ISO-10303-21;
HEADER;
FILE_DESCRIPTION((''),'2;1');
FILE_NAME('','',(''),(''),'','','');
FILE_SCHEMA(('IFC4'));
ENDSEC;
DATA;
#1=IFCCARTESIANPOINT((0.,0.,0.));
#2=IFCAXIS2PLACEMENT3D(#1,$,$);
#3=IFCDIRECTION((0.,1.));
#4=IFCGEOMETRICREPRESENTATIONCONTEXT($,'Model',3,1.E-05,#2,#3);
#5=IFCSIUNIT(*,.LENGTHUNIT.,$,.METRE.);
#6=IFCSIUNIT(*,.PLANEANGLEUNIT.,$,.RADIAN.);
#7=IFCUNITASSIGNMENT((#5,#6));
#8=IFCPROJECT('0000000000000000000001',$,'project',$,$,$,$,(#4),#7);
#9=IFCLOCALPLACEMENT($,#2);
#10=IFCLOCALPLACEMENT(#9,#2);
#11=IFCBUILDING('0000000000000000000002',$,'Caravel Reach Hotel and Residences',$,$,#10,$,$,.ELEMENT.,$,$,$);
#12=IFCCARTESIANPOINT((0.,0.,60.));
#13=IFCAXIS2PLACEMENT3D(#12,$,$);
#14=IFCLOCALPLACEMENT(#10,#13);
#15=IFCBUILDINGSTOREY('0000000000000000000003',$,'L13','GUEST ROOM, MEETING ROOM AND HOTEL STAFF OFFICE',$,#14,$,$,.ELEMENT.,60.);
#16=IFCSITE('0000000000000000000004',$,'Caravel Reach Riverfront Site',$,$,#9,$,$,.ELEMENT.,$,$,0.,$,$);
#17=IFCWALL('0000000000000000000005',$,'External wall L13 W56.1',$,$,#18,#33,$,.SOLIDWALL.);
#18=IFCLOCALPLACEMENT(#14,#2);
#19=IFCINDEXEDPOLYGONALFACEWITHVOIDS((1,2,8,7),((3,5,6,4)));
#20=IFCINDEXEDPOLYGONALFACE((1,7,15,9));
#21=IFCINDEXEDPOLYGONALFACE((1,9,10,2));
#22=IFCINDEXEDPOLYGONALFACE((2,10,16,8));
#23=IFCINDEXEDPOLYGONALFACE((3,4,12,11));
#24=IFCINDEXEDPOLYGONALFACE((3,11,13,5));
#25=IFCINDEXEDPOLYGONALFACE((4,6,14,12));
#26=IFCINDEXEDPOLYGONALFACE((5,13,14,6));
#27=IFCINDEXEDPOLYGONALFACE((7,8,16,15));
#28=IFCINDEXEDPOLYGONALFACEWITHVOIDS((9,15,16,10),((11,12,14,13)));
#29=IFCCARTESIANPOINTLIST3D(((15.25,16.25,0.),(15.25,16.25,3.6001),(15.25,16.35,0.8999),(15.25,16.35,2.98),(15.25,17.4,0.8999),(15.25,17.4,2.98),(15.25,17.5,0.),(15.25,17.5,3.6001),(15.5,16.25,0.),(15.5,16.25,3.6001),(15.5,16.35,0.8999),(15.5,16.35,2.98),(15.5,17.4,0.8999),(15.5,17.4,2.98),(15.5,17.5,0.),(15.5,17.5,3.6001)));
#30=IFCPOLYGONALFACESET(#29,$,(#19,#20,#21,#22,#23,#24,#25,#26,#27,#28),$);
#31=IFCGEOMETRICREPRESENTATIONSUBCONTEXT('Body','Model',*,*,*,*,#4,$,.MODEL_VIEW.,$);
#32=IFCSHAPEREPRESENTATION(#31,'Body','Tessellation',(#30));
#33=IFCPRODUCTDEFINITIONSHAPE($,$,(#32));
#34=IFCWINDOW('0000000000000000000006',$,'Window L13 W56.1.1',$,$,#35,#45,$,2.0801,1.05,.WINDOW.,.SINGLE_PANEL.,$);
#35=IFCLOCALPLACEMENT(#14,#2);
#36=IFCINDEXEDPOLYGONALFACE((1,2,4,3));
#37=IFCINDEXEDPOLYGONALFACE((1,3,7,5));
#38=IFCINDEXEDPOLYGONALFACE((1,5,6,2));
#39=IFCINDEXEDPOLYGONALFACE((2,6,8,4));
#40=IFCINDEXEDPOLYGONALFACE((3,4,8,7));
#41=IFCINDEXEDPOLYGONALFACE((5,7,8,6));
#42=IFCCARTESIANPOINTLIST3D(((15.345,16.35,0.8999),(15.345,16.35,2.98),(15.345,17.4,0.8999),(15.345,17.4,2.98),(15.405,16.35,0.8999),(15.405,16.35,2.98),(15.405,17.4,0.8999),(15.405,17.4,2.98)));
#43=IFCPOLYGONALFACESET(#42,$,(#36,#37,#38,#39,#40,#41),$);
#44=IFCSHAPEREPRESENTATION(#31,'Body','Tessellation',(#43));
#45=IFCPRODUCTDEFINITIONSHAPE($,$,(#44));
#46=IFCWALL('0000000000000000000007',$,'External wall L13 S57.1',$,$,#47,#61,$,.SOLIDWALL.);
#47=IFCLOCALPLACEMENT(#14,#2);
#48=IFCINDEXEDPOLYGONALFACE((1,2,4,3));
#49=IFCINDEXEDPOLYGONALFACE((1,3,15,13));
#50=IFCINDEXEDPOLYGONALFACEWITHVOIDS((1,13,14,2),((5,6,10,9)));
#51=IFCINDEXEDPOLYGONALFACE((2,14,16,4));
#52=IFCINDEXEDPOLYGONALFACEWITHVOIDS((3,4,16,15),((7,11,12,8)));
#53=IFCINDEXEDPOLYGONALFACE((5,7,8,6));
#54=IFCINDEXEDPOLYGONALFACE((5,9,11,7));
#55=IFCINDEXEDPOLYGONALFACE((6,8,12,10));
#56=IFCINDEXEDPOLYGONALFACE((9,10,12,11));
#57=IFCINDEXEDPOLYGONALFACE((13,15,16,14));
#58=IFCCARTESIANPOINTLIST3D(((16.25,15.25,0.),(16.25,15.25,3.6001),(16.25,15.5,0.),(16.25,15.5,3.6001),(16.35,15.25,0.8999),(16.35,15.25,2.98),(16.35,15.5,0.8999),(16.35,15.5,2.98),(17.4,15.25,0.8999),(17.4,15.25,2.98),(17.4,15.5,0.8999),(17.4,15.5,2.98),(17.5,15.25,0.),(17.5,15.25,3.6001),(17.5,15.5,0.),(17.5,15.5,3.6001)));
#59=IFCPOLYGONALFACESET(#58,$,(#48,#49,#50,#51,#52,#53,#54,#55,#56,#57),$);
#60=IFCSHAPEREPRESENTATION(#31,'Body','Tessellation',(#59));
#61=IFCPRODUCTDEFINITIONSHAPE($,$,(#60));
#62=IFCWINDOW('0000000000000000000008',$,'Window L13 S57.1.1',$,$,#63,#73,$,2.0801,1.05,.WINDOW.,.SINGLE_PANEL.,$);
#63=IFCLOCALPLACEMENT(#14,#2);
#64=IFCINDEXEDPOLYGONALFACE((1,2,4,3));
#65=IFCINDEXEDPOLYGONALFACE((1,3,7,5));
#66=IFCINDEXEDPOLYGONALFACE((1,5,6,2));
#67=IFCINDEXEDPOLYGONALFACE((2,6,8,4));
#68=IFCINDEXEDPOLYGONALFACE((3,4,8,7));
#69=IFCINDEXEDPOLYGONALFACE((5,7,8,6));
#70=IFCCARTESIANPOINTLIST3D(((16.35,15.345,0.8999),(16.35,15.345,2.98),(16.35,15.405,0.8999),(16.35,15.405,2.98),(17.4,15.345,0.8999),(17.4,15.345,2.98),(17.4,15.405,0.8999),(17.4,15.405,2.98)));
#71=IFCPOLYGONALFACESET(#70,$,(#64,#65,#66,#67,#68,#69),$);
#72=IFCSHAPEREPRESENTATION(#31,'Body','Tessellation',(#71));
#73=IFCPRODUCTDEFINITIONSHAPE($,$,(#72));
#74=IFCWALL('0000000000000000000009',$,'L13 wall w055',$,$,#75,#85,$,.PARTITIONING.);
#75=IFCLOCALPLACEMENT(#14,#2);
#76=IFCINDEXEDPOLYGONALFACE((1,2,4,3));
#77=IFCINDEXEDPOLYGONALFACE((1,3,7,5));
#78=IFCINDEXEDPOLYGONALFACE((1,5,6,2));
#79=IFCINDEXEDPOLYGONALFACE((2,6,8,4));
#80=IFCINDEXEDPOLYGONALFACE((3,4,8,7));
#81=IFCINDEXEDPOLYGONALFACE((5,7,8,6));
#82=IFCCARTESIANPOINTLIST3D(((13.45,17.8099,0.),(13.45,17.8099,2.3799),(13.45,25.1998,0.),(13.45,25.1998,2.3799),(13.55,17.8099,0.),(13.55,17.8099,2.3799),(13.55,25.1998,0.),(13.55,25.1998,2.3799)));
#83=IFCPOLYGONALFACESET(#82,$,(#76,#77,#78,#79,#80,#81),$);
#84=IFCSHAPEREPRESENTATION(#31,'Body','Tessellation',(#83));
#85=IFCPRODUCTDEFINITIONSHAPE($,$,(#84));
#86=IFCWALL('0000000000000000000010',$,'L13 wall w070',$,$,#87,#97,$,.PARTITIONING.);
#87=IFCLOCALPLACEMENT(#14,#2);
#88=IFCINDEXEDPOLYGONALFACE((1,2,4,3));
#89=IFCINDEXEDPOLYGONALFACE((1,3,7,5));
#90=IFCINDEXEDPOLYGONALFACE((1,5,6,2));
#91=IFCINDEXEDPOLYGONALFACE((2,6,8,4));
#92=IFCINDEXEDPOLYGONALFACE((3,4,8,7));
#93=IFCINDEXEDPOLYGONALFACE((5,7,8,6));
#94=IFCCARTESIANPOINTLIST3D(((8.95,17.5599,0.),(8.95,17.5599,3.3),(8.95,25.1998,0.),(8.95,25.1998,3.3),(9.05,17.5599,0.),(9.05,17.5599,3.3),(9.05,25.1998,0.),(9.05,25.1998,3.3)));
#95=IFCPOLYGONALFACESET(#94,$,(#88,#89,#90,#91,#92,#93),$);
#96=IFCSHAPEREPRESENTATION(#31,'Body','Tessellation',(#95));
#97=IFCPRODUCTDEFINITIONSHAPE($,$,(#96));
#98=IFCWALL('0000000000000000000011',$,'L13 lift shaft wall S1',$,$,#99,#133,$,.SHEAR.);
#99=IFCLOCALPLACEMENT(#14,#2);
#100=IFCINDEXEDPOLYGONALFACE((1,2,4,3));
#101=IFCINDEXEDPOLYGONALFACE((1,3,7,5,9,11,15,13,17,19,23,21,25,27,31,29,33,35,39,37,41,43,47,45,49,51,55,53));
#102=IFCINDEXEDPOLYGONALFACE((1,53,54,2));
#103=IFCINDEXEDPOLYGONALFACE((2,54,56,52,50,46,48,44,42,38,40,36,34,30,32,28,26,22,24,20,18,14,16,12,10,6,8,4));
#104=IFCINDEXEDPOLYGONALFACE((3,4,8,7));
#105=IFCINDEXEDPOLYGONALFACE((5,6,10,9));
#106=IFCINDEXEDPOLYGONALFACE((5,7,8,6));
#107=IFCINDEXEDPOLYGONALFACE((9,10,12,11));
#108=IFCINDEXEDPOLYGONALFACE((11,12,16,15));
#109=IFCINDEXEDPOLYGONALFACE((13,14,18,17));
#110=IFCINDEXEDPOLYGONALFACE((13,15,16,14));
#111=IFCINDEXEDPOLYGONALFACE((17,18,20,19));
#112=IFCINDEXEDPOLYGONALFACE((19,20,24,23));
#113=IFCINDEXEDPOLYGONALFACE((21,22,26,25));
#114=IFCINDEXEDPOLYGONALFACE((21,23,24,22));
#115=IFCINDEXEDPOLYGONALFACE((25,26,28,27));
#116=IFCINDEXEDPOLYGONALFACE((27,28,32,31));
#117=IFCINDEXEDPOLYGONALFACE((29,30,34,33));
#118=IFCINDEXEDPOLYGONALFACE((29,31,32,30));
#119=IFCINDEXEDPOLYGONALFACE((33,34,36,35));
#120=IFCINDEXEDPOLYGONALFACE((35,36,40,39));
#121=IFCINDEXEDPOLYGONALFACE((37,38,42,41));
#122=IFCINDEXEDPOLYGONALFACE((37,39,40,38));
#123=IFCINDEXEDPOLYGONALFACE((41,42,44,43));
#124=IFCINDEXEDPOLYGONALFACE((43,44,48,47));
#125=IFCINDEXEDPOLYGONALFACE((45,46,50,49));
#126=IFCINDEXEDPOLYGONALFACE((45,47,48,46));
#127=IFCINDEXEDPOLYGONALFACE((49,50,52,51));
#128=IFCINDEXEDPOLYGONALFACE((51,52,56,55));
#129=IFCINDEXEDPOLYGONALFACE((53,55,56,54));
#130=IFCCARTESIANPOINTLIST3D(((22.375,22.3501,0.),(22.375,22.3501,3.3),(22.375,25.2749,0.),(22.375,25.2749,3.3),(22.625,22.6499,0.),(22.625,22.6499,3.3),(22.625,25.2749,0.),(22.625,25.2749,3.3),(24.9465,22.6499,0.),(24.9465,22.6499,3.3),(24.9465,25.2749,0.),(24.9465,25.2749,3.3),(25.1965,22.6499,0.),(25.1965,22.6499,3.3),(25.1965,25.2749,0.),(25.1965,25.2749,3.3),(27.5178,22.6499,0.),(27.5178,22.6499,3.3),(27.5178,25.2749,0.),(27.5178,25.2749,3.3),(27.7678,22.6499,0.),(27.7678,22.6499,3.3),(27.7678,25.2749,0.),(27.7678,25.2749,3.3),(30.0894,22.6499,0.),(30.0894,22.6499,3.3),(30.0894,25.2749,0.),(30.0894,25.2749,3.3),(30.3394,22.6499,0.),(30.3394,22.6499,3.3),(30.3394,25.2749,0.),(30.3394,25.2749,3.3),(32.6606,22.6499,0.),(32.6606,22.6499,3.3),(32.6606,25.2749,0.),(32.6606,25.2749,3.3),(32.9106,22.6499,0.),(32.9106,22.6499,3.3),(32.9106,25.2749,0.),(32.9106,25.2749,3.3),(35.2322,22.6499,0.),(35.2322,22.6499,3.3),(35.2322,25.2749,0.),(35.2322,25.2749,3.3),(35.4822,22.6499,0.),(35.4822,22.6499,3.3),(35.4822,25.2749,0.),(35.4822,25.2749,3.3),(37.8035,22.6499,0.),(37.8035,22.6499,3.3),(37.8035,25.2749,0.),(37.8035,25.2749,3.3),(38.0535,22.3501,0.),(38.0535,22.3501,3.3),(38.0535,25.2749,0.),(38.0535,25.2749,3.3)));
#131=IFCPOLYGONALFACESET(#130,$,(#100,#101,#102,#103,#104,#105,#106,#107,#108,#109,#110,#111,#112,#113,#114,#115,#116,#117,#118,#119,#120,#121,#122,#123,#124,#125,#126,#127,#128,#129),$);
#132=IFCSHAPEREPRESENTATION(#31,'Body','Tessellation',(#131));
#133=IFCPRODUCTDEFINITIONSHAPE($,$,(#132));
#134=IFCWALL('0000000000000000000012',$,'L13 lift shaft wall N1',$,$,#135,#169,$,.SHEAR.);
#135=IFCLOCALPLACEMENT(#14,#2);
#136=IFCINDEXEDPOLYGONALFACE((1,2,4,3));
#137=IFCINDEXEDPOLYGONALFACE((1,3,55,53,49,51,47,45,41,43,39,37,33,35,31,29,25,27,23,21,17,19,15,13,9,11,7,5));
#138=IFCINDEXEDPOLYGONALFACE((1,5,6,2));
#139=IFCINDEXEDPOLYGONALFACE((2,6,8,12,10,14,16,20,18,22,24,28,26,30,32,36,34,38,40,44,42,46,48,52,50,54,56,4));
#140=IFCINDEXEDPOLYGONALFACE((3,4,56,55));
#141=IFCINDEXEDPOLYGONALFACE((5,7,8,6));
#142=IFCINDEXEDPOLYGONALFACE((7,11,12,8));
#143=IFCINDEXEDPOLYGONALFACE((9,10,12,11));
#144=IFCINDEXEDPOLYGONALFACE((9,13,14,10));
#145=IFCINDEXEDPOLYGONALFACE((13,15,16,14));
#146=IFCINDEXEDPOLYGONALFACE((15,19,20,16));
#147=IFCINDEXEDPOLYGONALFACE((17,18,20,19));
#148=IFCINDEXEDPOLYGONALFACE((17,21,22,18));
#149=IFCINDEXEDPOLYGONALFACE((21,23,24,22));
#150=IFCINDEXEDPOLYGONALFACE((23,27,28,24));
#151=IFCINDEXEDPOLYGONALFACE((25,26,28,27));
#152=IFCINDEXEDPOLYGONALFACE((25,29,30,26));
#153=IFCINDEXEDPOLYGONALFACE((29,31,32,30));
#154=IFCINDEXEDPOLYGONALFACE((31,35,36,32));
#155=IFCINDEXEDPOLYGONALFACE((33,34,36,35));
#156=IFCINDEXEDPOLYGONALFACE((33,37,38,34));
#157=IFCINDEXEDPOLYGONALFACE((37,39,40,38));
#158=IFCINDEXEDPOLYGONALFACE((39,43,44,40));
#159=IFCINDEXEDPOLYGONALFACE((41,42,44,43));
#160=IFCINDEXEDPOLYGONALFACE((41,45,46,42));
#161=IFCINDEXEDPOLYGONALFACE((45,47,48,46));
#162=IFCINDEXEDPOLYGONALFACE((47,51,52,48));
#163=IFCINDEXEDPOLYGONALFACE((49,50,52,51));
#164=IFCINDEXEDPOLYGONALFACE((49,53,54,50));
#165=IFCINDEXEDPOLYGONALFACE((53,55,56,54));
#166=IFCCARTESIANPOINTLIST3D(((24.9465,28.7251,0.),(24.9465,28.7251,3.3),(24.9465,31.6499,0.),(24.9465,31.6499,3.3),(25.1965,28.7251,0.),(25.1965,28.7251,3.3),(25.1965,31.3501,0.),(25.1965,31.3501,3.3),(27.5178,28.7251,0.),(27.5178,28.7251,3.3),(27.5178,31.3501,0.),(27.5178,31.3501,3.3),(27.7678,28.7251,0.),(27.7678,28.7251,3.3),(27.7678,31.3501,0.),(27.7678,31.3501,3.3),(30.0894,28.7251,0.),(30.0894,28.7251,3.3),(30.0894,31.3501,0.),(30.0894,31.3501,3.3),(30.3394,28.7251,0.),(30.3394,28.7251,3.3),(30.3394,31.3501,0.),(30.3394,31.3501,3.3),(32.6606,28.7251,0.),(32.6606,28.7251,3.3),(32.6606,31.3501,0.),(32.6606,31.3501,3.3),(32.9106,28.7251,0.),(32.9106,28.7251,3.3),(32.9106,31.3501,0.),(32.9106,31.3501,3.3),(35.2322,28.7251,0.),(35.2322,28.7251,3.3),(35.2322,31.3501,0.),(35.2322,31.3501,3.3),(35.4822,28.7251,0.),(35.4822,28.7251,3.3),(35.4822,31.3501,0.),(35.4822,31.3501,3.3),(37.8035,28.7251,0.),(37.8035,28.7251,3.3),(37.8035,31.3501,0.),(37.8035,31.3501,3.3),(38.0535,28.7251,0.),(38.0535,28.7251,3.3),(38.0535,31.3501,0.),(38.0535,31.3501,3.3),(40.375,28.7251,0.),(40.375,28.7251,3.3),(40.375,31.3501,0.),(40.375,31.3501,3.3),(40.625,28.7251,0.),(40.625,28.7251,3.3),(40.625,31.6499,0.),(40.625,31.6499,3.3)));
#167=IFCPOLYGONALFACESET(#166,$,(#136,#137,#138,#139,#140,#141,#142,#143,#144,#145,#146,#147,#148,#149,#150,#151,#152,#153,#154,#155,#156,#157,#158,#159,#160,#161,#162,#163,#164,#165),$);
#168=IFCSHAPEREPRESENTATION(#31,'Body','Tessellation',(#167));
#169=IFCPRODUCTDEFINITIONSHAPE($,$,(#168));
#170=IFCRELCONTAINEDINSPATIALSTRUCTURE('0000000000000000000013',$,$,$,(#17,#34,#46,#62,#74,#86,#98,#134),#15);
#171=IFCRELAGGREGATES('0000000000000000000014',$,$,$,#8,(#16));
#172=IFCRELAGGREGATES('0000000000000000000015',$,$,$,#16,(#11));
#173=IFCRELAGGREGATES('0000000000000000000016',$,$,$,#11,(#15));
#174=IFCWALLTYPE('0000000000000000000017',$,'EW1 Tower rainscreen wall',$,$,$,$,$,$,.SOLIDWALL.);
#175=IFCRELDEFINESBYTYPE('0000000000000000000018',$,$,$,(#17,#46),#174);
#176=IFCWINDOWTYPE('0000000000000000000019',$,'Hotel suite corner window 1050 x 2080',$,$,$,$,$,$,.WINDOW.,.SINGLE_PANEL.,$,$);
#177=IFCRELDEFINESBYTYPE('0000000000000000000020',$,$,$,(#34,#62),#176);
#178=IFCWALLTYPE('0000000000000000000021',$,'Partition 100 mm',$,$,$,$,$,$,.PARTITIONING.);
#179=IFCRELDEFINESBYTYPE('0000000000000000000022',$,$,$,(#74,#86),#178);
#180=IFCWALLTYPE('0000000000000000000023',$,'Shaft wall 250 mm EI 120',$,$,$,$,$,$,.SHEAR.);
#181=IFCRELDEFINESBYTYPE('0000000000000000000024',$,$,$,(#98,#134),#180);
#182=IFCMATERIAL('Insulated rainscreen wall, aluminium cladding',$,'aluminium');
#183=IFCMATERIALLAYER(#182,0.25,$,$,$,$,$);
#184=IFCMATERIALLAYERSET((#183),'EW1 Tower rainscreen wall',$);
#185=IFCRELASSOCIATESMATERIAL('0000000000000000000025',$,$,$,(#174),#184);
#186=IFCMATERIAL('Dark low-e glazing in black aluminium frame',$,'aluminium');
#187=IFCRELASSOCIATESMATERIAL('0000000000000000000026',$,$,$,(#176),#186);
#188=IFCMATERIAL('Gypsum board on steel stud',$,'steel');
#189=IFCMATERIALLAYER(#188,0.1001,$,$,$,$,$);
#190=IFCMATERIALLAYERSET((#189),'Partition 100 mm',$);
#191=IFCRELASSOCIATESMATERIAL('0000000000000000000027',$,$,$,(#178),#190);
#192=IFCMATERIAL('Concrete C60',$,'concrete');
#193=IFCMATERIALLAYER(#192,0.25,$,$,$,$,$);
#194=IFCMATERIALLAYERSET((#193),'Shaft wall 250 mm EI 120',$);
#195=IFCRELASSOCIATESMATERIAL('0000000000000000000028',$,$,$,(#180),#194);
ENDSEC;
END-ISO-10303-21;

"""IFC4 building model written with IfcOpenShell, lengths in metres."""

from ifc_helpers import new_model, si_unit, direction, frame, frame_2d, origin, place, context, subcontext, project, spatial, polyline, rectangle, outline, extrude, material, layer, layer_set, type_object, element, fill, save


model = new_model("IFC4")

# Units and contexts
model_context = context("Model", 3, precision=1e-05, world=origin(), true_north=direction((0.0, 1.0)))
body_context = subcontext(model_context, "Body", "Model", "MODEL_VIEW")
ifc_project = project(units=[si_unit("LENGTHUNIT", "METRE"), si_unit("PLANEANGLEUNIT", "RADIAN")], contexts=[model_context])

# Site, building, storey
site_placement = place(None, origin())
site = spatial("IfcSite", under=ifc_project, at=site_placement, Name="Caravel Reach Riverfront Site", CompositionType="ELEMENT", RefElevation=0.0)
building_placement = place(site_placement, origin())
building = spatial("IfcBuilding", under=site, at=building_placement, Name="Caravel Reach Hotel and Residences", CompositionType="ELEMENT")
storey_placement = place(building_placement, frame((0.0, 0.0, 60.0)))
storey = spatial("IfcBuildingStorey", under=building, at=storey_placement, Name="L13", Description="GUEST ROOM, MEETING ROOM AND HOTEL STAFF OFFICE", CompositionType="ELEMENT", Elevation=60.0)

# Shared definitions
ifc_material_1 = material(Name="Insulated rainscreen wall, aluminium cladding", Category="aluminium")
ifc_layer_1 = layer(ifc_material_1, 0.25)
ifc_layer_set_1 = layer_set([ifc_layer_1], Name="EW1 Tower rainscreen wall")
wall_type_1 = type_object("IfcWallType", Name="EW1 Tower rainscreen wall", PredefinedType="SOLIDWALL", material=ifc_layer_set_1)

# Walls, openings, windows
ifc_material_2 = material(Name="Dark low-e glazing in black aluminium frame", Category="aluminium")
window_type_1 = type_object("IfcWindowType", Name="Hotel suite corner window 1050 x 2080", PartitioningType="SINGLE_PANEL", PredefinedType="WINDOW", material=ifc_material_2)
wall_1_placement = place(storey_placement, frame((15.375, 17.5, 0.0), z_axis=(0.0, 0.0, 1.0), x_axis=(0.0, -1.0, 0.0)))
wall_1 = element("IfcWall", 1, at=wall_1_placement, inside=storey, type_object=wall_type_1, Name="External wall L13 W56.1", PredefinedType="SOLIDWALL", context=body_context, shape_type="SweptSolid", body=[
    extrude(rectangle(XDim=1.25, YDim=0.25, at=frame_2d((0.625, 0.0))), origin(), (0.0, 0.0, 1.0), 3.6001),
])
opening_1_placement = place(wall_1_placement, frame((0.1001, 0.0, 0.8999)))
opening_1 = element("IfcOpeningElement", 2, at=opening_1_placement, cuts=wall_1, PredefinedType="OPENING", context=body_context, shape_type="SweptSolid", body=[
    extrude(rectangle(XDim=1.05, YDim=2.0801, at=frame_2d((0.5249, 1.04))), frame((0.0, 0.135, 0.0), z_axis=(0.0, -1.0, 0.0), x_axis=(1.0, 0.0, 0.0)), (0.0, 0.0, 1.0), 0.27),
])
window_1_placement = place(opening_1_placement, origin())
window_1 = element("IfcWindow", 3, at=window_1_placement, inside=storey, type_object=window_type_1, Name="Window L13 W56.1.1", OverallHeight=2.0801, OverallWidth=1.05, PartitioningType="SINGLE_PANEL", PredefinedType="WINDOW", context=body_context, shape_type="SweptSolid", body=[
    extrude(rectangle(XDim=1.05, YDim=2.0801, at=frame_2d((0.5249, 1.04))), frame((0.0, 0.03, 0.0), z_axis=(0.0, -1.0, 0.0), x_axis=(1.0, 0.0, 0.0)), (0.0, 0.0, 1.0), 0.0601),
])
fill(opening_1, window_1)
wall_2_placement = place(storey_placement, frame((16.25, 15.375, 0.0), z_axis=(0.0, 0.0, 1.0), x_axis=(1.0, 0.0, 0.0)))
wall_2 = element("IfcWall", 4, at=wall_2_placement, inside=storey, type_object=wall_type_1, Name="External wall L13 S57.1", PredefinedType="SOLIDWALL", context=body_context, shape_type="SweptSolid", body=[
    extrude(rectangle(XDim=1.25, YDim=0.25, at=frame_2d((0.625, 0.0))), origin(), (0.0, 0.0, 1.0), 3.6001),
])
opening_2_placement = place(wall_2_placement, frame((0.1001, 0.0, 0.8999)))
opening_2 = element("IfcOpeningElement", 5, at=opening_2_placement, cuts=wall_2, PredefinedType="OPENING", context=body_context, shape_type="SweptSolid", body=[
    extrude(rectangle(XDim=1.05, YDim=2.0801, at=frame_2d((0.5249, 1.04))), frame((0.0, 0.135, 0.0), z_axis=(0.0, -1.0, 0.0), x_axis=(1.0, 0.0, 0.0)), (0.0, 0.0, 1.0), 0.27),
])
window_2_placement = place(opening_2_placement, origin())
window_2 = element("IfcWindow", 6, at=window_2_placement, inside=storey, type_object=window_type_1, Name="Window L13 S57.1.1", OverallHeight=2.0801, OverallWidth=1.05, PartitioningType="SINGLE_PANEL", PredefinedType="WINDOW", context=body_context, shape_type="SweptSolid", body=[
    extrude(rectangle(XDim=1.05, YDim=2.0801, at=frame_2d((0.5249, 1.04))), frame((0.0, 0.03, 0.0), z_axis=(0.0, -1.0, 0.0), x_axis=(1.0, 0.0, 0.0)), (0.0, 0.0, 1.0), 0.0601),
])
fill(opening_2, window_2)

# Walls
ifc_material_3 = material(Name="Gypsum board on steel stud", Category="steel")
ifc_layer_2 = layer(ifc_material_3, 0.1001)
ifc_layer_set_2 = layer_set([ifc_layer_2], Name="Partition 100 mm")
wall_type_2 = type_object("IfcWallType", Name="Partition 100 mm", PredefinedType="PARTITIONING", material=ifc_layer_set_2)
wall_3_placement = place(storey_placement, frame((13.5, 17.8101, 0.0), z_axis=(0.0, 0.0, 1.0), x_axis=(0.0, 1.0, 0.0)))
element("IfcWall", 7, at=wall_3_placement, inside=storey, type_object=wall_type_2, Name="L13 wall w055", PredefinedType="PARTITIONING", context=body_context, shape_type="SweptSolid", body=[
    extrude(rectangle(XDim=7.3899, YDim=0.1001, at=frame_2d((3.6948, 0.0))), origin(), (0.0, 0.0, 1.0), 2.3799),
])
wall_4_placement = place(storey_placement, frame((9.0, 17.5601, 0.0), z_axis=(0.0, 0.0, 1.0), x_axis=(0.0, 1.0, 0.0)))
element("IfcWall", 8, at=wall_4_placement, inside=storey, type_object=wall_type_2, Name="L13 wall w070", PredefinedType="PARTITIONING", context=body_context, shape_type="SweptSolid", body=[
    extrude(rectangle(XDim=7.6399, YDim=0.1001, at=frame_2d((3.8198, 0.0))), origin(), (0.0, 0.0, 1.0), 3.3),
])
ifc_material_4 = material(Name="Concrete C60", Category="concrete")
ifc_layer_3 = layer(ifc_material_4, 0.25)
ifc_layer_set_3 = layer_set([ifc_layer_3], Name="Shaft wall 250 mm EI 120")
wall_type_3 = type_object("IfcWallType", Name="Shaft wall 250 mm EI 120", PredefinedType="SHEAR", material=ifc_layer_set_3)
wall_5_placement = place(storey_placement, origin())
element("IfcWall", 9, at=wall_5_placement, inside=storey, type_object=wall_type_3, Name="L13 lift shaft wall S1", PredefinedType="SHEAR", context=body_context, shape_type="SweptSolid", body=[
    extrude(outline(polyline([(22.375, 22.3501), (38.0535, 22.3501), (38.0535, 25.2749), (37.8035, 25.2749), (37.8035, 22.6499), (35.4822, 22.6499), (35.4822, 25.2749), (35.2322, 25.2749), (35.2322, 22.6499), (32.9106, 22.6499), (32.9106, 25.2749), (32.6606, 25.2749), (32.6606, 22.6499), (30.3394, 22.6499), (30.3394, 25.2749), (30.0894, 25.2749), (30.0894, 22.6499), (27.7678, 22.6499), (27.7678, 25.2749), (27.5178, 25.2749), (27.5178, 22.6499), (25.1965, 22.6499), (25.1965, 25.2749), (24.9465, 25.2749), (24.9465, 22.6499), (22.625, 22.6499), (22.625, 25.2749), (22.375, 25.2749), (22.375, 22.3501)])), origin(), (0.0, 0.0, 1.0), 3.3),
])
wall_6_placement = place(storey_placement, origin())
element("IfcWall", 10, at=wall_6_placement, inside=storey, type_object=wall_type_3, Name="L13 lift shaft wall N1", PredefinedType="SHEAR", context=body_context, shape_type="SweptSolid", body=[
    extrude(outline(polyline([(24.9465, 28.7251), (25.1965, 28.7251), (25.1965, 31.3501), (27.5178, 31.3501), (27.5178, 28.7251), (27.7678, 28.7251), (27.7678, 31.3501), (30.0894, 31.3501), (30.0894, 28.7251), (30.3394, 28.7251), (30.3394, 31.3501), (32.6606, 31.3501), (32.6606, 28.7251), (32.9106, 28.7251), (32.9106, 31.3501), (35.2322, 31.3501), (35.2322, 28.7251), (35.4822, 28.7251), (35.4822, 31.3501), (37.8035, 31.3501), (37.8035, 28.7251), (38.0535, 28.7251), (38.0535, 31.3501), (40.375, 31.3501), (40.375, 28.7251), (40.625, 28.7251), (40.625, 31.6499), (24.9465, 31.6499), (24.9465, 28.7251)])), origin(), (0.0, 0.0, 1.0), 3.3),
])

save(model, "model.ifc")
